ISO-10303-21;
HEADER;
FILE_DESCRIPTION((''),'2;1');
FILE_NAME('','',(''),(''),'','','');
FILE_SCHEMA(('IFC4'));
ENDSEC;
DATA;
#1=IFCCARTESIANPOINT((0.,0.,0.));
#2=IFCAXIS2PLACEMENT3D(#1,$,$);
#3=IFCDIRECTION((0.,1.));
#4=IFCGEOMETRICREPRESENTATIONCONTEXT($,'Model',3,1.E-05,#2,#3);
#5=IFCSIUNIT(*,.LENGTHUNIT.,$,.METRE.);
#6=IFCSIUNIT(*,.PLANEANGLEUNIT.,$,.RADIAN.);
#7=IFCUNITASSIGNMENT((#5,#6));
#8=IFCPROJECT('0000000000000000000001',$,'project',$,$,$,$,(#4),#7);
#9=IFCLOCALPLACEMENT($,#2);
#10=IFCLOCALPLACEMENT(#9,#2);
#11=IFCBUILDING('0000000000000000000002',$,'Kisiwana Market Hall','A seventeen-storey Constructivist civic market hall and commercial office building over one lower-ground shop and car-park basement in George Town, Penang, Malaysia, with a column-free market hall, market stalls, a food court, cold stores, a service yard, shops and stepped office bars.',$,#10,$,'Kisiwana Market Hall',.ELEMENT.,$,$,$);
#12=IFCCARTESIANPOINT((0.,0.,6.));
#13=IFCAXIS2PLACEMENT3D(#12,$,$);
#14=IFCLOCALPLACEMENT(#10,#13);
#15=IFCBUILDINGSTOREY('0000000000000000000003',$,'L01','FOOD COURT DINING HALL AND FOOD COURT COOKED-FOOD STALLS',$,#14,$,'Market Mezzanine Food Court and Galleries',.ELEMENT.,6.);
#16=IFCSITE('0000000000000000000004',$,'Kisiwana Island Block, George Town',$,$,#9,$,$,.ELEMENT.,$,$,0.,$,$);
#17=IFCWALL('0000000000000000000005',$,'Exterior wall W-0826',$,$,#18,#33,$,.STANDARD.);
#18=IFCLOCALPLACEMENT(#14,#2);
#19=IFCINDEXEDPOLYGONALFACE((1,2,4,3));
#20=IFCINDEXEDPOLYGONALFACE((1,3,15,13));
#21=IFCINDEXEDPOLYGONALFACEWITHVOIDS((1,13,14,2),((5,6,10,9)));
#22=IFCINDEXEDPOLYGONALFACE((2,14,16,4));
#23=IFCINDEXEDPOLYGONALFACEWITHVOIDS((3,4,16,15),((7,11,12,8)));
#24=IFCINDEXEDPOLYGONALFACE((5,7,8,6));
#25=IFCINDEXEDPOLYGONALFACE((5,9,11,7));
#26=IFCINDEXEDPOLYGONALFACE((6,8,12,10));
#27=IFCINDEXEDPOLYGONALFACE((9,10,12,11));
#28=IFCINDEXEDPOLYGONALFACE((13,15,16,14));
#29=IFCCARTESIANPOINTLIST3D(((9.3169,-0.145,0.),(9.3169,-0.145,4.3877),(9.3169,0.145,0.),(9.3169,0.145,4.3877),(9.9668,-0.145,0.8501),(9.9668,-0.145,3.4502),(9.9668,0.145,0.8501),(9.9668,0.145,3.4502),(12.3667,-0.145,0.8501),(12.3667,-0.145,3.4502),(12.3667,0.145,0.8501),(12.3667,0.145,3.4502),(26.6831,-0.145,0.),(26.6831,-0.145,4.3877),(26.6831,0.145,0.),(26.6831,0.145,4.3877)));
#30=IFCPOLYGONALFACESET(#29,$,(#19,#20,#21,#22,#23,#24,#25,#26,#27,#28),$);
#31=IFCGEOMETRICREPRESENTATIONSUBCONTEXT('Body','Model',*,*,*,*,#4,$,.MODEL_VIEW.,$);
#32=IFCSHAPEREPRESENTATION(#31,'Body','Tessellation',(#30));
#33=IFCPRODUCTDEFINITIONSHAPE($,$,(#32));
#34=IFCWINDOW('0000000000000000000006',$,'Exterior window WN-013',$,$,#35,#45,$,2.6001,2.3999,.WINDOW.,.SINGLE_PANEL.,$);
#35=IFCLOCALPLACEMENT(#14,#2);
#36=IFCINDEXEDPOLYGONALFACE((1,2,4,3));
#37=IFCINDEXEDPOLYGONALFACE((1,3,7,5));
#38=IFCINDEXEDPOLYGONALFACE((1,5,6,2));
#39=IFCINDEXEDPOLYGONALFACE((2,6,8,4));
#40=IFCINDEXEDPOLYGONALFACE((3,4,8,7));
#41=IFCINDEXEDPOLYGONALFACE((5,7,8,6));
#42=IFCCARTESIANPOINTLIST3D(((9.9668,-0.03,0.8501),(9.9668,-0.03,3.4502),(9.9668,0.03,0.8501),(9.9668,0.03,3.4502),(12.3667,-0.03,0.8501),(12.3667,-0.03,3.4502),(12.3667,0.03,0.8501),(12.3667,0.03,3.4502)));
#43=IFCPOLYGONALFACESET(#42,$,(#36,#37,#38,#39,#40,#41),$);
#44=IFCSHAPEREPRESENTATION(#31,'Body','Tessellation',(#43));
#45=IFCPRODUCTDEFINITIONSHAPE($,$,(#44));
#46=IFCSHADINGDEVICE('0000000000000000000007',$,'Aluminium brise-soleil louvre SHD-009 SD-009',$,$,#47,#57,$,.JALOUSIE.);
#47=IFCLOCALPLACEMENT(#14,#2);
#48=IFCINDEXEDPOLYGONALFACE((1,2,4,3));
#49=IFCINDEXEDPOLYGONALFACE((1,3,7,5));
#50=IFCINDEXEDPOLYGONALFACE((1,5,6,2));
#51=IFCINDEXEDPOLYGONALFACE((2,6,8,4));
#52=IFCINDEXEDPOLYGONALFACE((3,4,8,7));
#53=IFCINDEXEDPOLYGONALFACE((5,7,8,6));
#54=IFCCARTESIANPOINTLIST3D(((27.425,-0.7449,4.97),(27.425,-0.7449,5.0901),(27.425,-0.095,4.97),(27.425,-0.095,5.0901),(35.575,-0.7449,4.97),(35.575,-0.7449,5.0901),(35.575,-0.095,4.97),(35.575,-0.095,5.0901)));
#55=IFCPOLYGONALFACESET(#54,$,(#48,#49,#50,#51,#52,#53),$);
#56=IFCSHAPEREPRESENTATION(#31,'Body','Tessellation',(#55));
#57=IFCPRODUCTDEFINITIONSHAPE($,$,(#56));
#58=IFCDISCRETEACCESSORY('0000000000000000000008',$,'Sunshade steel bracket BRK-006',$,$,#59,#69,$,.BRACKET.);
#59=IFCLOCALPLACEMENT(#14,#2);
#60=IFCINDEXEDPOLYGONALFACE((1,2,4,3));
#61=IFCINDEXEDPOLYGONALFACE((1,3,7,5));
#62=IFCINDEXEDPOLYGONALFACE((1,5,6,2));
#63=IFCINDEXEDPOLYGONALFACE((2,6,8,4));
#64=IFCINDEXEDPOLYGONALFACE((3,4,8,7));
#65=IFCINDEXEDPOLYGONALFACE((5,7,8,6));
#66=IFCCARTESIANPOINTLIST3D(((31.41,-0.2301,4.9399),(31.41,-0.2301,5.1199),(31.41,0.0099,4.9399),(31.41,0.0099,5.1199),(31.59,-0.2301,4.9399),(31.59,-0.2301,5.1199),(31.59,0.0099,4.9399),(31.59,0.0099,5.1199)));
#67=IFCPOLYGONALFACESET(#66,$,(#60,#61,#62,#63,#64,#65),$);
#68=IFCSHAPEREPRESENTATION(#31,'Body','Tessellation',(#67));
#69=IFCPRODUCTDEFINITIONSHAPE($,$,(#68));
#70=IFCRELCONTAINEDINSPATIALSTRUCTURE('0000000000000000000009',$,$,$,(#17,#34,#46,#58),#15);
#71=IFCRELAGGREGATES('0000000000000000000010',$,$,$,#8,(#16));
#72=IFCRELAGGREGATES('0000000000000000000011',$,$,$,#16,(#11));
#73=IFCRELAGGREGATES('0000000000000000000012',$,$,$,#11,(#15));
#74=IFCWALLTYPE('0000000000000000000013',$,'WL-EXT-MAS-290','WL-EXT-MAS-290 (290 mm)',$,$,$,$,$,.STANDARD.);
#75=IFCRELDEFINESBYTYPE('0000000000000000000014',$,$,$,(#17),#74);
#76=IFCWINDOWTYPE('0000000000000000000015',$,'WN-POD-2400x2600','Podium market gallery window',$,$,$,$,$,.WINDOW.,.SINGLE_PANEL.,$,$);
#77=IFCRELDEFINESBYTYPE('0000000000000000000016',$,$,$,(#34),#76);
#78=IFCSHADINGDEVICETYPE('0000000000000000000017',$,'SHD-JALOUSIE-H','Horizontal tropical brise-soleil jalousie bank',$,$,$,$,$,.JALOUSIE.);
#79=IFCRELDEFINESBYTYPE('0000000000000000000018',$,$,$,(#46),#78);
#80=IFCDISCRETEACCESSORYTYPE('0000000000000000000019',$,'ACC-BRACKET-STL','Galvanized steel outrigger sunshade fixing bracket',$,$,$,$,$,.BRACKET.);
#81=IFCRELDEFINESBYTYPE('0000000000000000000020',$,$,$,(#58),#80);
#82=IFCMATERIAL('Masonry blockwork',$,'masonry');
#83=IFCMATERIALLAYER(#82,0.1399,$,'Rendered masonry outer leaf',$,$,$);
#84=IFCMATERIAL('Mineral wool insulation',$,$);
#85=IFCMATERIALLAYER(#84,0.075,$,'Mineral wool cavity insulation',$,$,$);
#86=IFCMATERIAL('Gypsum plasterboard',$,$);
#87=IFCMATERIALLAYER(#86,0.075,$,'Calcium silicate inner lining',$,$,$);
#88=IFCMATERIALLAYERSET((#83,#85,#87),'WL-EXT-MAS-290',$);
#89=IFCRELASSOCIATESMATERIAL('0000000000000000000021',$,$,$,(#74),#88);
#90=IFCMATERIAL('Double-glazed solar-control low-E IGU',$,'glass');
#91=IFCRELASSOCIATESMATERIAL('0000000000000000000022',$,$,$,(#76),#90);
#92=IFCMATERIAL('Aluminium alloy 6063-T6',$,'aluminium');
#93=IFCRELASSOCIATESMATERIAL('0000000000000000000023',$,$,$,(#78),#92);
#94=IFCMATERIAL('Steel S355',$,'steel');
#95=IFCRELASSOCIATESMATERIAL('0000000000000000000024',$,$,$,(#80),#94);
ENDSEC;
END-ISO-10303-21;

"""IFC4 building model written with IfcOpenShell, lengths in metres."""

from ifc_helpers import new_model, si_unit, direction, frame, frame_2d, origin, origin_2d, place, context, subcontext, project, spatial, rectangle, extrude, material, layer, layer_set, type_object, element, fill, save


model = new_model("IFC4")

# Units and contexts
model_context = context("Model", 3, precision=1e-05, world=origin(), true_north=direction((0.0, 1.0)))
body_context = subcontext(model_context, "Body", "Model", "MODEL_VIEW")
ifc_project = project(units=[si_unit("LENGTHUNIT", "METRE"), si_unit("PLANEANGLEUNIT", "RADIAN")], contexts=[model_context])

# Site, building, storey
site_placement = place(None, origin())
site = spatial("IfcSite", under=ifc_project, at=site_placement, Name="Kisiwana Island Block, George Town", CompositionType="ELEMENT", RefElevation=0.0)
building_placement = place(site_placement, origin())
building = spatial("IfcBuilding", under=site, at=building_placement, Name="Kisiwana Market Hall", Description="A seventeen-storey Constructivist civic market hall and commercial office building over one lower-ground shop and car-park basement in George Town, Penang, Malaysia, with a column-free market hall, market stalls, a food court, cold stores, a service yard, shops and stepped office bars.", LongName="Kisiwana Market Hall", CompositionType="ELEMENT")
storey_placement = place(building_placement, frame((0.0, 0.0, 6.0)))
storey = spatial("IfcBuildingStorey", under=building, at=storey_placement, Name="L01", Description="FOOD COURT DINING HALL AND FOOD COURT COOKED-FOOD STALLS", LongName="Market Mezzanine Food Court and Galleries", CompositionType="ELEMENT", Elevation=6.0)

# Wall, opening, window
ifc_material_1 = material(Name="Masonry blockwork", Category="masonry")
ifc_layer_1 = layer(ifc_material_1, 0.1399, Name="Rendered masonry outer leaf")
ifc_material_2 = material(Name="Mineral wool insulation")
ifc_layer_2 = layer(ifc_material_2, 0.075, Name="Mineral wool cavity insulation")
ifc_material_3 = material(Name="Gypsum plasterboard")
ifc_layer_3 = layer(ifc_material_3, 0.075, Name="Calcium silicate inner lining")
ifc_layer_set_1 = layer_set([ifc_layer_1, ifc_layer_2, ifc_layer_3], Name="WL-EXT-MAS-290")
wall_type_1 = type_object("IfcWallType", Name="WL-EXT-MAS-290", Description="WL-EXT-MAS-290 (290 mm)", PredefinedType="STANDARD", material=ifc_layer_set_1)
wall_1_placement = place(storey_placement, frame((9.3169, 0.0, 0.0), z_axis=(0.0, 0.0, 1.0), x_axis=(1.0, 0.0, 0.0)))
wall_1 = element("IfcWall", 1, at=wall_1_placement, inside=storey, type_object=wall_type_1, Name="Exterior wall W-0826", PredefinedType="STANDARD", context=body_context, shape_type="SweptSolid", body=[
    extrude(rectangle(XDim=17.3662, YDim=0.29, at=frame_2d((8.6831, 0.0))), origin(), (0.0, 0.0, 1.0), 4.3877),
])
opening_1_placement = place(wall_1_placement, frame((0.6499, 0.0, 0.8501)))
opening_1 = element("IfcOpeningElement", 2, at=opening_1_placement, cuts=wall_1, PredefinedType="OPENING", context=body_context, shape_type="SweptSolid", body=[
    extrude(rectangle(XDim=2.3999, YDim=2.6001, at=frame_2d((1.2, 1.3))), frame((0.0, 0.157, 0.0), z_axis=(0.0, -1.0, 0.0), x_axis=(1.0, 0.0, 0.0)), (0.0, 0.0, 1.0), 0.314),
])
ifc_material_4 = material(Name="Double-glazed solar-control low-E IGU", Category="glass")
window_type = type_object("IfcWindowType", Name="WN-POD-2400x2600", Description="Podium market gallery window", PartitioningType="SINGLE_PANEL", PredefinedType="WINDOW", material=ifc_material_4)
window_placement = place(opening_1_placement, origin())
window = element("IfcWindow", 3, at=window_placement, inside=storey, type_object=window_type, Name="Exterior window WN-013", OverallHeight=2.6001, OverallWidth=2.3999, PartitioningType="SINGLE_PANEL", PredefinedType="WINDOW", context=body_context, shape_type="SweptSolid", body=[
    extrude(rectangle(XDim=2.3999, YDim=2.6001, at=frame_2d((1.2, 1.3))), frame((0.0, 0.03, 0.0), z_axis=(0.0, -1.0, 0.0), x_axis=(1.0, 0.0, 0.0)), (0.0, 0.0, 1.0), 0.0601),
])
fill(opening_1, window)

# Shading device
ifc_material_5 = material(Name="Aluminium alloy 6063-T6", Category="aluminium")
shading_device_type = type_object("IfcShadingDeviceType", Name="SHD-JALOUSIE-H", Description="Horizontal tropical brise-soleil jalousie bank", PredefinedType="JALOUSIE", material=ifc_material_5)
shading_device_placement = place(storey_placement, frame((31.5, -0.4199, 4.97), z_axis=(0.0, 0.0, 1.0), x_axis=(1.0, 0.0, 0.0)))
element("IfcShadingDevice", 4, at=shading_device_placement, inside=storey, type_object=shading_device_type, Name="Aluminium brise-soleil louvre SHD-009 SD-009", PredefinedType="JALOUSIE", context=body_context, shape_type="SweptSolid", body=[
    extrude(rectangle(XDim=8.1499, YDim=0.6499, at=origin_2d()), origin(), (0.0, 0.0, 1.0), 0.1201),
])

# Discrete accessory
ifc_material_6 = material(Name="Steel S355", Category="steel")
discrete_accessory_type = type_object("IfcDiscreteAccessoryType", Name="ACC-BRACKET-STL", Description="Galvanized steel outrigger sunshade fixing bracket", PredefinedType="BRACKET", material=ifc_material_6)
discrete_accessory_placement = place(storey_placement, frame((31.5, -0.1101, 4.9399), z_axis=(0.0, 0.0, 1.0), x_axis=(1.0, 0.0, 0.0)))
element("IfcDiscreteAccessory", 5, at=discrete_accessory_placement, inside=storey, type_object=discrete_accessory_type, Name="Sunshade steel bracket BRK-006", PredefinedType="BRACKET", context=body_context, shape_type="SweptSolid", body=[
    extrude(rectangle(XDim=0.1799, YDim=0.24, at=origin_2d()), origin(), (0.0, 0.0, 1.0), 0.1799),
])

save(model, "model.ifc")
